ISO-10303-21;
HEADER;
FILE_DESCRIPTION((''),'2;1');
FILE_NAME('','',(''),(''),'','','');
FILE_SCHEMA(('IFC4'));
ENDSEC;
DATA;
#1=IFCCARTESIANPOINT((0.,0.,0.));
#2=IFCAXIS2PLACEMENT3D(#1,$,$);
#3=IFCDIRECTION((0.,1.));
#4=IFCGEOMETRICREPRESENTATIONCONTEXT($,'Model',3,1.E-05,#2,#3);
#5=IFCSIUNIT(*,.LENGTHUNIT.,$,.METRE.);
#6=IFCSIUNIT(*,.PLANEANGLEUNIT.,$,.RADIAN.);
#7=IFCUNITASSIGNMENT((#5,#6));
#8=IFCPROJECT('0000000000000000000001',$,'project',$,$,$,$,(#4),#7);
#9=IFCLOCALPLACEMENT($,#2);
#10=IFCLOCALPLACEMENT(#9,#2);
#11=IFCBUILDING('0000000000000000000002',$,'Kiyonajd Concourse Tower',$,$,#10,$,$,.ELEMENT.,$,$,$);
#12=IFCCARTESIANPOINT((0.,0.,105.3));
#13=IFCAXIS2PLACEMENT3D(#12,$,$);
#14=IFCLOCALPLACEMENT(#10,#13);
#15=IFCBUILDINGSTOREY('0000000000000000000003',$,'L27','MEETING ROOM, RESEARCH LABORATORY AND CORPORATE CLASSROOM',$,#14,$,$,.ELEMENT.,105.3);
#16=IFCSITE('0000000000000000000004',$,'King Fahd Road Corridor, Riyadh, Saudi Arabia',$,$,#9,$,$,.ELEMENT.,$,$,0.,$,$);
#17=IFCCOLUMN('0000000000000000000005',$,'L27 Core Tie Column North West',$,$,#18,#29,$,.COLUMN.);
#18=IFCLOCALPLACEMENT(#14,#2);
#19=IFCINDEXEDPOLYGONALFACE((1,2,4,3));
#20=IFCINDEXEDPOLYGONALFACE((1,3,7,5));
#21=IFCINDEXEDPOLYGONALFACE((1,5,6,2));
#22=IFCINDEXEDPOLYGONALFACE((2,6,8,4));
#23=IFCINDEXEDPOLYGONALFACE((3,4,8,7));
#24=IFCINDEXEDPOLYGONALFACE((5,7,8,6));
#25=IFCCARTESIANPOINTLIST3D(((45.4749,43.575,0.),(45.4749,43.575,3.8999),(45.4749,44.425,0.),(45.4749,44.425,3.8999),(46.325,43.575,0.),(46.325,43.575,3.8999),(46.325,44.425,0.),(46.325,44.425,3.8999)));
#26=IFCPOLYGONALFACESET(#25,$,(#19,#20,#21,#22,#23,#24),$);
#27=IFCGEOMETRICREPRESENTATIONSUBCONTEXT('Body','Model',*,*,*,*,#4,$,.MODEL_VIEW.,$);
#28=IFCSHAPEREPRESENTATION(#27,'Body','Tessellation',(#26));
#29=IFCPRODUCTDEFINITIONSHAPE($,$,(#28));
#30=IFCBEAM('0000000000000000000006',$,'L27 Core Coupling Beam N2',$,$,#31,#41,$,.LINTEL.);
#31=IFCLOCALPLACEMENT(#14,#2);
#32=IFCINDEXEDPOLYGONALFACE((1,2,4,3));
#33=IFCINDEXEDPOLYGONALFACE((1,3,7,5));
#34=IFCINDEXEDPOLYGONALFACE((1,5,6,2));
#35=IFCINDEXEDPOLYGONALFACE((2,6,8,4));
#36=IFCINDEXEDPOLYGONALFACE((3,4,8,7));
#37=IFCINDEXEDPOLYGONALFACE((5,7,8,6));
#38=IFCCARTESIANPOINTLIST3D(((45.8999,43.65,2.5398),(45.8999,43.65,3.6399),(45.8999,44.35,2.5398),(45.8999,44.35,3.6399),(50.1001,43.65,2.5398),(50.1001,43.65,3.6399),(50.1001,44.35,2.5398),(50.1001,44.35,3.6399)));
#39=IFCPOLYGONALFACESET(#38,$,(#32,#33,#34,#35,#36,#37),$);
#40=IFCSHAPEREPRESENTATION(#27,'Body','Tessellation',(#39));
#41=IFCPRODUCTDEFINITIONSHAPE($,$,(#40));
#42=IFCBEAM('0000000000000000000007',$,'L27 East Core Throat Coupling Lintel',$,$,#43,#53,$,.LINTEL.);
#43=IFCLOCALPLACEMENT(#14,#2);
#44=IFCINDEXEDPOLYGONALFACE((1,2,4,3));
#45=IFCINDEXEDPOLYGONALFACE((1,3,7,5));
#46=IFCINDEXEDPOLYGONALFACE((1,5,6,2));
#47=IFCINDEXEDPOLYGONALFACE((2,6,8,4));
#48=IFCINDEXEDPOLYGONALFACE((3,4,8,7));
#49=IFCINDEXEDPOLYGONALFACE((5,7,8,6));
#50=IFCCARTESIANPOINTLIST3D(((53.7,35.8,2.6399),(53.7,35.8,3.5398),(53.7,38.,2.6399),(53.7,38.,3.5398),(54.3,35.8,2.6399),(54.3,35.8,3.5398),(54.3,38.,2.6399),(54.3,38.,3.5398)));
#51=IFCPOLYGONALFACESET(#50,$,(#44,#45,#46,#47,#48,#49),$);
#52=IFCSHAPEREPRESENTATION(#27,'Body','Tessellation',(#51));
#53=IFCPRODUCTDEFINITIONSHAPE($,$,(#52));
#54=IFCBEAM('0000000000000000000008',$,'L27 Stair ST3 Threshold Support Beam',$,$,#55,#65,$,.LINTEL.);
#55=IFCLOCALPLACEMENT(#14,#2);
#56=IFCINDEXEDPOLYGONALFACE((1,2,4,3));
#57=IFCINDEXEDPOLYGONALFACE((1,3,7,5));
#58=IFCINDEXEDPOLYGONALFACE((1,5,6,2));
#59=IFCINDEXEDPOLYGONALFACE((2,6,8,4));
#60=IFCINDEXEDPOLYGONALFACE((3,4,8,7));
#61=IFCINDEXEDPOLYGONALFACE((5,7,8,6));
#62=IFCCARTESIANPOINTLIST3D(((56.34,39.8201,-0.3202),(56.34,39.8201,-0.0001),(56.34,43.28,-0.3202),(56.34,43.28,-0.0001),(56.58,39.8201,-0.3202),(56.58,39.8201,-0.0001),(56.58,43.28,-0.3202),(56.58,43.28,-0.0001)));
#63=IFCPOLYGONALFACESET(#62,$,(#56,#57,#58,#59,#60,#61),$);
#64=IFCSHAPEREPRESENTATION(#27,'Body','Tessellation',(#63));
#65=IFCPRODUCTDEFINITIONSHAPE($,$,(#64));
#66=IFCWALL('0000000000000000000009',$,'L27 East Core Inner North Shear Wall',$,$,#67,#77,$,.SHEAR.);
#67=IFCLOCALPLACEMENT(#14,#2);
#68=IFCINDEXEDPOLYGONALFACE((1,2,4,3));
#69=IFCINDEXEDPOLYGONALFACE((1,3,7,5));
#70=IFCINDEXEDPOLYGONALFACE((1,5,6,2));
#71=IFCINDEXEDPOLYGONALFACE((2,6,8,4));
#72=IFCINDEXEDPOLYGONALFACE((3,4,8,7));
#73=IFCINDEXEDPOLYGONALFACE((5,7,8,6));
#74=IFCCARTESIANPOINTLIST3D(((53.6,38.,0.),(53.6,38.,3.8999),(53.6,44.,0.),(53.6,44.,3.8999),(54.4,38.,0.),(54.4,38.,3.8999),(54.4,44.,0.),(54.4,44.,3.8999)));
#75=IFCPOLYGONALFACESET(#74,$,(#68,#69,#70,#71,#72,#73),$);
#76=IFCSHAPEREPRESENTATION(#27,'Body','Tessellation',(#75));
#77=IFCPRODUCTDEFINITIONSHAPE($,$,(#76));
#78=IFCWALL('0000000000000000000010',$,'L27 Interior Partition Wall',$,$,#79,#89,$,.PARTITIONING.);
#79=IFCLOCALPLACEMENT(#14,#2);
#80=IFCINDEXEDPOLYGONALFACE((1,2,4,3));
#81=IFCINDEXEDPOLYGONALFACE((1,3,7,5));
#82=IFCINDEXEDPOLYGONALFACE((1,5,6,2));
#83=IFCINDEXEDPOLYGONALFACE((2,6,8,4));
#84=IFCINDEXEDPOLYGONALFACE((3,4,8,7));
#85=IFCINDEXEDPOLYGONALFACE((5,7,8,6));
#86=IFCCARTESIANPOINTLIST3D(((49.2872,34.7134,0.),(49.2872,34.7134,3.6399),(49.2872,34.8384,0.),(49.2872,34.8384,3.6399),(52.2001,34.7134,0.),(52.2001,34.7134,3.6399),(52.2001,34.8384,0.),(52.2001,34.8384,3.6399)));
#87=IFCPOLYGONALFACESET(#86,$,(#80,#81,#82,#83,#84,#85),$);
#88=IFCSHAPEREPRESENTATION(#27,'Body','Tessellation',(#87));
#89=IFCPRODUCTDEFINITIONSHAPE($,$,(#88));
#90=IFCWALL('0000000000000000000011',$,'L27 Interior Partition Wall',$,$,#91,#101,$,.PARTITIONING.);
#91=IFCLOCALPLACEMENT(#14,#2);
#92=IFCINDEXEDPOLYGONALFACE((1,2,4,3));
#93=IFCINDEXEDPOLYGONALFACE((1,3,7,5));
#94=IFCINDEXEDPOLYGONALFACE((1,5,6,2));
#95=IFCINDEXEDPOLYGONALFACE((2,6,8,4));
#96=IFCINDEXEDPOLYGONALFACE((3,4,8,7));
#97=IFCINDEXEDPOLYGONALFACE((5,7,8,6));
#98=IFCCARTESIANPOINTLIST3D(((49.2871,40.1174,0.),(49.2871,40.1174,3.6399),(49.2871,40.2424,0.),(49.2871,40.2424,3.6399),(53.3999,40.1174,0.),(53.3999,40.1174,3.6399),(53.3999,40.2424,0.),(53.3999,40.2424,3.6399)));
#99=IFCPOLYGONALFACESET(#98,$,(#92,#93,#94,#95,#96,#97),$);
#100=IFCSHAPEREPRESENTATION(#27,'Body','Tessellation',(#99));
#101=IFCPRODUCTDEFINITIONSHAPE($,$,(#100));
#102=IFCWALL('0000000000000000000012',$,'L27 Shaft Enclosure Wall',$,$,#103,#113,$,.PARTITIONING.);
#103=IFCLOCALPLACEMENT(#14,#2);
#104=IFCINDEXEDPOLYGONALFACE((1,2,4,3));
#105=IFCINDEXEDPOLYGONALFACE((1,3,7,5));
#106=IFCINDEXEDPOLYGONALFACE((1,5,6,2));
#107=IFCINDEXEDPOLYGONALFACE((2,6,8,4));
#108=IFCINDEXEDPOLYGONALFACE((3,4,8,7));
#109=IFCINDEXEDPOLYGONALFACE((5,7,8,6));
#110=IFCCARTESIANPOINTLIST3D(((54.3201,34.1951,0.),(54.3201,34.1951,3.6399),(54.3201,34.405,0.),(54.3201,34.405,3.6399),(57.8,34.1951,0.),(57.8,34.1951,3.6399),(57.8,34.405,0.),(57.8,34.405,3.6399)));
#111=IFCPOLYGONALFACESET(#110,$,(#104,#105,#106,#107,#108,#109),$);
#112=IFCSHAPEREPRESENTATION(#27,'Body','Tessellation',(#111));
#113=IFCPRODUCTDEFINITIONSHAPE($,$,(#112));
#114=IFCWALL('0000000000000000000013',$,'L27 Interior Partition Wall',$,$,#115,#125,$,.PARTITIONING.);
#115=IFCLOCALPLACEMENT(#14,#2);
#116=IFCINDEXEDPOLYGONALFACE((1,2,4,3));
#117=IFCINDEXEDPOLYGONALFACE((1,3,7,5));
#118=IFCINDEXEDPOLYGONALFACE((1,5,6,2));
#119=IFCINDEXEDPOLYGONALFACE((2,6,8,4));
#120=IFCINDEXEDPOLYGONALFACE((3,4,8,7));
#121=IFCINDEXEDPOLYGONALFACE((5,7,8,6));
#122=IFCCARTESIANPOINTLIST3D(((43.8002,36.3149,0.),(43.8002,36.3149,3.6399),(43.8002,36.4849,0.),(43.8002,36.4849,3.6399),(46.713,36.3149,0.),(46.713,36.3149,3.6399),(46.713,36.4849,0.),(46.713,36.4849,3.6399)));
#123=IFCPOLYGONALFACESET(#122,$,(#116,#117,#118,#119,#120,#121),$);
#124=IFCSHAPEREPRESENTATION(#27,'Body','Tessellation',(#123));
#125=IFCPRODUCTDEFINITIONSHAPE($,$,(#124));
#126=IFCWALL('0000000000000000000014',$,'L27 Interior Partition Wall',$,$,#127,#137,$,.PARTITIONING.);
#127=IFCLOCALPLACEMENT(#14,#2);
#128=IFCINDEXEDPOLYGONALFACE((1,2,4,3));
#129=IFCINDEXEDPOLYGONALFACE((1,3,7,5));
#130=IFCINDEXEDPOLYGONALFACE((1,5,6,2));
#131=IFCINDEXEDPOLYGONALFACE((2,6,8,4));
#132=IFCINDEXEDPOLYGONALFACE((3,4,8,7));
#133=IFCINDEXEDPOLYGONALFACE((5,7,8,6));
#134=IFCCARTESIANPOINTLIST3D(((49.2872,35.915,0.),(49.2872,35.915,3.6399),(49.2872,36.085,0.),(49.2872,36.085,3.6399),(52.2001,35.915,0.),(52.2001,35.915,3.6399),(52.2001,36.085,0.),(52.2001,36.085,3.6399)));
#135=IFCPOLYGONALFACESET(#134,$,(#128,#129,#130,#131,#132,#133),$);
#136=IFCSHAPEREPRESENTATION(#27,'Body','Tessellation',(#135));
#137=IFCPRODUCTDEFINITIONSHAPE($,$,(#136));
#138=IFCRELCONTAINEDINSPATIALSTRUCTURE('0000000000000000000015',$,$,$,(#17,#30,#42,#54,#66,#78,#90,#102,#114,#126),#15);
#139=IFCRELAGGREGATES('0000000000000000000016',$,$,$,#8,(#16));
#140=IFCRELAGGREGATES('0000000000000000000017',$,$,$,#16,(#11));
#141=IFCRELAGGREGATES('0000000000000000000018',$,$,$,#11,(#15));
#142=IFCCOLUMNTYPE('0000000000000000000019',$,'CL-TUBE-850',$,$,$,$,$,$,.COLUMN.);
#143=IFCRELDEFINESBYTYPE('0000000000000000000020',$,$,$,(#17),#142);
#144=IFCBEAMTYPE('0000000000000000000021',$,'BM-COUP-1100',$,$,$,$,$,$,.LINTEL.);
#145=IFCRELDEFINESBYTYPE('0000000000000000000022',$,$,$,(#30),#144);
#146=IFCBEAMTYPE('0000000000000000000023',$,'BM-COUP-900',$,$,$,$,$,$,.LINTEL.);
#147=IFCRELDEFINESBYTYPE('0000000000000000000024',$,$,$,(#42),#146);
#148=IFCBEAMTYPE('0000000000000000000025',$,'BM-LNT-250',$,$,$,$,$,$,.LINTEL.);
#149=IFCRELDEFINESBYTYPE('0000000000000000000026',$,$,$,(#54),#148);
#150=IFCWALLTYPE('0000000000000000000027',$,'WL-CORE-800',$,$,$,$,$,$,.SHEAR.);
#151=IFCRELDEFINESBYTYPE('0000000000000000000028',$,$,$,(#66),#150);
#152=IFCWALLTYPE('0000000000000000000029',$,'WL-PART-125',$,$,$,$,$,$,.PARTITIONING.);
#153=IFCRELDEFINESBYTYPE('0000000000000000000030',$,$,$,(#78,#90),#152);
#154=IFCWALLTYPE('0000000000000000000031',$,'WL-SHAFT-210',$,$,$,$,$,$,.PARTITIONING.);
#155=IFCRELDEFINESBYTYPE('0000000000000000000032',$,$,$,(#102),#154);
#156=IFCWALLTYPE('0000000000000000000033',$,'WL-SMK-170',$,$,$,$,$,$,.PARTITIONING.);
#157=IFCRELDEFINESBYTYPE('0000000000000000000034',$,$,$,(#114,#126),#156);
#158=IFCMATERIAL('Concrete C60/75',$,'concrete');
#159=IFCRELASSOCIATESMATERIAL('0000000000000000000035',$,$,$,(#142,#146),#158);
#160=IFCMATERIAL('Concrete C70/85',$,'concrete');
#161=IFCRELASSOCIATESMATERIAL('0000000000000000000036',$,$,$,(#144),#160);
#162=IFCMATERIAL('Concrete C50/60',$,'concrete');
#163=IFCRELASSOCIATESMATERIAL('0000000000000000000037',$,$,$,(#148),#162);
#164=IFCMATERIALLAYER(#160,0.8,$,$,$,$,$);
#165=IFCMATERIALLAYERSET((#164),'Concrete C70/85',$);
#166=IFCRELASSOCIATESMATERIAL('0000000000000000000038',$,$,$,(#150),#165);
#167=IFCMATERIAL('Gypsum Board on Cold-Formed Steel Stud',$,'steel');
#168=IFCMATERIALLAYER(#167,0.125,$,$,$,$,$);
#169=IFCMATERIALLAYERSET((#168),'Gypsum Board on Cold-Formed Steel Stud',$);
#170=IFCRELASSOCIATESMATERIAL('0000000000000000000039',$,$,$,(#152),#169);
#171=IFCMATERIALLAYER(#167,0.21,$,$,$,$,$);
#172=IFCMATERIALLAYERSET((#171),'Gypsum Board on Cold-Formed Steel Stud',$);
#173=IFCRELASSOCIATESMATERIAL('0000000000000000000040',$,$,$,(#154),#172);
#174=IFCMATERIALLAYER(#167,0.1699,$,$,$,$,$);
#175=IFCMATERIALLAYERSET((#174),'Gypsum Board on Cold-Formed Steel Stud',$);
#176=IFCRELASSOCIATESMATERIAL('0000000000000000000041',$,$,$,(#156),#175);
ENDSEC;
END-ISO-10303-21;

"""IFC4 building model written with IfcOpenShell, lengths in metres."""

from ifc_helpers import new_model, si_unit, direction, frame, frame_2d, origin, origin_2d, place, context, subcontext, project, spatial, rectangle, extrude, material, layer, layer_set, material_profile, profile_set, type_object, element, save


model = new_model("IFC4")

# Units and contexts
model_context = context("Model", 3, precision=1e-05, world=origin(), true_north=direction((0.0, 1.0)))
body_context = subcontext(model_context, "Body", "Model", "MODEL_VIEW")
ifc_project = project(units=[si_unit("LENGTHUNIT", "METRE"), si_unit("PLANEANGLEUNIT", "RADIAN")], contexts=[model_context])

# Site, building, storey
site_placement = place(None, origin())
site = spatial("IfcSite", under=ifc_project, at=site_placement, Name="King Fahd Road Corridor, Riyadh, Saudi Arabia", CompositionType="ELEMENT", RefElevation=0.0)
building_placement = place(site_placement, origin())
building = spatial("IfcBuilding", under=site, at=building_placement, Name="Kiyonajd Concourse Tower", CompositionType="ELEMENT")
storey_placement = place(building_placement, frame((0.0, 0.0, 105.3)))
storey = spatial("IfcBuildingStorey", under=building, at=storey_placement, Name="L27", Description="MEETING ROOM, RESEARCH LABORATORY AND CORPORATE CLASSROOM", CompositionType="ELEMENT", Elevation=105.3)

# Column
ifc_material_1 = material(Name="Concrete C60/75", Category="concrete")
ifc_material_profile_1 = material_profile(ifc_material_1, rectangle(XDim=0.8501, YDim=0.8501, at=origin_2d()), Name="RC-850x850")
ifc_profile_set_1 = profile_set([ifc_material_profile_1], Name="Concrete C60/75")
column_type = type_object("IfcColumnType", Name="CL-TUBE-850", PredefinedType="COLUMN", material=ifc_profile_set_1)
column_placement = place(storey_placement, frame((45.8999, 44.0, 0.0), z_axis=(0.0, 0.0, 1.0), x_axis=(1.0, 0.0, 0.0)))
element("IfcColumn", 1, at=column_placement, inside=storey, type_object=column_type, Name="L27 Core Tie Column North West", PredefinedType="COLUMN", context=body_context, shape_type="SweptSolid", body=[
    extrude(rectangle(XDim=0.8501, YDim=0.8501, at=origin_2d()), origin(), (0.0, 0.0, 1.0), 3.8999),
])

# Beams
ifc_material_2 = material(Name="Concrete C70/85", Category="concrete")
ifc_material_profile_2 = material_profile(ifc_material_2, rectangle(XDim=0.7, YDim=1.1001, at=origin_2d()), Name="RCBM-700x1100")
ifc_profile_set_2 = profile_set([ifc_material_profile_2], Name="Concrete C70/85")
beam_type_1 = type_object("IfcBeamType", Name="BM-COUP-1100", PredefinedType="LINTEL", material=ifc_profile_set_2)
beam_1_placement = place(storey_placement, frame((45.8999, 44.0, 3.0898), z_axis=(1.0, 0.0, 0.0), x_axis=(0.0, 1.0, 0.0)))
element("IfcBeam", 2, at=beam_1_placement, inside=storey, type_object=beam_type_1, Name="L27 Core Coupling Beam N2", PredefinedType="LINTEL", context=body_context, shape_type="SweptSolid", body=[
    extrude(rectangle(XDim=0.7, YDim=1.1001, at=origin_2d()), origin(), (0.0, 0.0, 1.0), 4.2002),
])
ifc_material_profile_3 = material_profile(ifc_material_1, rectangle(XDim=0.6001, YDim=0.8999, at=origin_2d()), Name="RCBM-600x900")
ifc_profile_set_3 = profile_set([ifc_material_profile_3], Name="Concrete C60/75")
beam_type_2 = type_object("IfcBeamType", Name="BM-COUP-900", PredefinedType="LINTEL", material=ifc_profile_set_3)
beam_2_placement = place(storey_placement, frame((54.0, 35.8, 3.0898), z_axis=(0.0, 1.0, 0.0), x_axis=(-1.0, 0.0, 0.0)))
element("IfcBeam", 3, at=beam_2_placement, inside=storey, type_object=beam_type_2, Name="L27 East Core Throat Coupling Lintel", PredefinedType="LINTEL", context=body_context, shape_type="SweptSolid", body=[
    extrude(rectangle(XDim=0.6001, YDim=0.8999, at=origin_2d()), origin(), (0.0, 0.0, 1.0), 2.2),
])
ifc_material_3 = material(Name="Concrete C50/60", Category="concrete")
ifc_material_profile_4 = material_profile(ifc_material_3, rectangle(XDim=0.24, YDim=0.3201, at=origin_2d()), Name="RCBM-240x320")
ifc_profile_set_4 = profile_set([ifc_material_profile_4], Name="Concrete C50/60")
beam_type_3 = type_object("IfcBeamType", Name="BM-LNT-250", PredefinedType="LINTEL", material=ifc_profile_set_4)
beam_3_placement = place(storey_placement, frame((56.46, 39.8201, -0.1602), z_axis=(0.0, 1.0, 0.0), x_axis=(-1.0, 0.0, 0.0)))
element("IfcBeam", 4, at=beam_3_placement, inside=storey, type_object=beam_type_3, Name="L27 Stair ST3 Threshold Support Beam", PredefinedType="LINTEL", context=body_context, shape_type="SweptSolid", body=[
    extrude(rectangle(XDim=0.24, YDim=0.3201, at=origin_2d()), origin(), (0.0, 0.0, 1.0), 3.46),
])

# Walls
ifc_layer_1 = layer(ifc_material_2, 0.8)
ifc_layer_set_1 = layer_set([ifc_layer_1], Name="Concrete C70/85")
wall_type_1 = type_object("IfcWallType", Name="WL-CORE-800", PredefinedType="SHEAR", material=ifc_layer_set_1)
wall_1_placement = place(storey_placement, frame((54.0, 38.0, 0.0), z_axis=(0.0, 0.0, 1.0), x_axis=(0.0, 1.0, 0.0)))
element("IfcWall", 5, at=wall_1_placement, inside=storey, type_object=wall_type_1, Name="L27 East Core Inner North Shear Wall", PredefinedType="SHEAR", context=body_context, shape_type="SweptSolid", body=[
    extrude(rectangle(XDim=6.0, YDim=0.8, at=frame_2d((3.0, 0.0))), origin(), (0.0, 0.0, 1.0), 3.8999),
])
ifc_material_4 = material(Name="Gypsum Board on Cold-Formed Steel Stud", Category="steel")
ifc_layer_2 = layer(ifc_material_4, 0.125)
ifc_layer_set_2 = layer_set([ifc_layer_2], Name="Gypsum Board on Cold-Formed Steel Stud")
wall_type_2 = type_object("IfcWallType", Name="WL-PART-125", PredefinedType="PARTITIONING", material=ifc_layer_set_2)
wall_2_placement = place(storey_placement, frame((49.2871, 34.7759, 0.0), z_axis=(0.0, 0.0, 1.0), x_axis=(1.0, 0.0, 0.0)))
element("IfcWall", 6, at=wall_2_placement, inside=storey, type_object=wall_type_2, Name="L27 Interior Partition Wall", PredefinedType="PARTITIONING", context=body_context, shape_type="SweptSolid", body=[
    extrude(rectangle(XDim=2.9128, YDim=0.125, at=frame_2d((1.4565, 0.0))), origin(), (0.0, 0.0, 1.0), 3.6399),
])
wall_3_placement = place(storey_placement, frame((49.2871, 40.1799, 0.0), z_axis=(0.0, 0.0, 1.0), x_axis=(1.0, 0.0, 0.0)))
element("IfcWall", 7, at=wall_3_placement, inside=storey, type_object=wall_type_2, Name="L27 Interior Partition Wall", PredefinedType="PARTITIONING", context=body_context, shape_type="SweptSolid", body=[
    extrude(rectangle(XDim=4.1128, YDim=0.125, at=frame_2d((2.0564, 0.0))), origin(), (0.0, 0.0, 1.0), 3.6399),
])
ifc_layer_3 = layer(ifc_material_4, 0.21)
ifc_layer_set_3 = layer_set([ifc_layer_3], Name="Gypsum Board on Cold-Formed Steel Stud")
wall_type_3 = type_object("IfcWallType", Name="WL-SHAFT-210", PredefinedType="PARTITIONING", material=ifc_layer_set_3)
wall_4_placement = place(storey_placement, frame((54.3201, 34.3, 0.0), z_axis=(0.0, 0.0, 1.0), x_axis=(1.0, 0.0, 0.0)))
element("IfcWall", 8, at=wall_4_placement, inside=storey, type_object=wall_type_3, Name="L27 Shaft Enclosure Wall", PredefinedType="PARTITIONING", context=body_context, shape_type="SweptSolid", body=[
    extrude(rectangle(XDim=3.48, YDim=0.21, at=frame_2d((1.74, 0.0))), origin(), (0.0, 0.0, 1.0), 3.6399),
])
ifc_layer_4 = layer(ifc_material_4, 0.1699)
ifc_layer_set_4 = layer_set([ifc_layer_4], Name="Gypsum Board on Cold-Formed Steel Stud")
wall_type_4 = type_object("IfcWallType", Name="WL-SMK-170", PredefinedType="PARTITIONING", material=ifc_layer_set_4)
for number, where, z_axis, x_axis, name in (
    (9, (43.8, 36.3999, 0.0), (0.0, 0.0, 1.0), (1.0, 0.0, 0.0), "L27 Interior Partition Wall"),
    (10, (49.2871, 36.0, 0.0), (0.0, 0.0, 1.0), (1.0, 0.0, 0.0), "L27 Interior Partition Wall"),
):
    element("IfcWall", number, at=place(storey_placement, frame(where, z_axis=z_axis, x_axis=x_axis)), inside=storey, type_object=wall_type_4, Name=name, PredefinedType="PARTITIONING", context=body_context, shape_type="SweptSolid", body=[
        extrude(rectangle(XDim=2.9128, YDim=0.1699, at=frame_2d((1.4565, 0.0))), origin(), (0.0, 0.0, 1.0), 3.6399),
    ])

save(model, "model.ifc")
